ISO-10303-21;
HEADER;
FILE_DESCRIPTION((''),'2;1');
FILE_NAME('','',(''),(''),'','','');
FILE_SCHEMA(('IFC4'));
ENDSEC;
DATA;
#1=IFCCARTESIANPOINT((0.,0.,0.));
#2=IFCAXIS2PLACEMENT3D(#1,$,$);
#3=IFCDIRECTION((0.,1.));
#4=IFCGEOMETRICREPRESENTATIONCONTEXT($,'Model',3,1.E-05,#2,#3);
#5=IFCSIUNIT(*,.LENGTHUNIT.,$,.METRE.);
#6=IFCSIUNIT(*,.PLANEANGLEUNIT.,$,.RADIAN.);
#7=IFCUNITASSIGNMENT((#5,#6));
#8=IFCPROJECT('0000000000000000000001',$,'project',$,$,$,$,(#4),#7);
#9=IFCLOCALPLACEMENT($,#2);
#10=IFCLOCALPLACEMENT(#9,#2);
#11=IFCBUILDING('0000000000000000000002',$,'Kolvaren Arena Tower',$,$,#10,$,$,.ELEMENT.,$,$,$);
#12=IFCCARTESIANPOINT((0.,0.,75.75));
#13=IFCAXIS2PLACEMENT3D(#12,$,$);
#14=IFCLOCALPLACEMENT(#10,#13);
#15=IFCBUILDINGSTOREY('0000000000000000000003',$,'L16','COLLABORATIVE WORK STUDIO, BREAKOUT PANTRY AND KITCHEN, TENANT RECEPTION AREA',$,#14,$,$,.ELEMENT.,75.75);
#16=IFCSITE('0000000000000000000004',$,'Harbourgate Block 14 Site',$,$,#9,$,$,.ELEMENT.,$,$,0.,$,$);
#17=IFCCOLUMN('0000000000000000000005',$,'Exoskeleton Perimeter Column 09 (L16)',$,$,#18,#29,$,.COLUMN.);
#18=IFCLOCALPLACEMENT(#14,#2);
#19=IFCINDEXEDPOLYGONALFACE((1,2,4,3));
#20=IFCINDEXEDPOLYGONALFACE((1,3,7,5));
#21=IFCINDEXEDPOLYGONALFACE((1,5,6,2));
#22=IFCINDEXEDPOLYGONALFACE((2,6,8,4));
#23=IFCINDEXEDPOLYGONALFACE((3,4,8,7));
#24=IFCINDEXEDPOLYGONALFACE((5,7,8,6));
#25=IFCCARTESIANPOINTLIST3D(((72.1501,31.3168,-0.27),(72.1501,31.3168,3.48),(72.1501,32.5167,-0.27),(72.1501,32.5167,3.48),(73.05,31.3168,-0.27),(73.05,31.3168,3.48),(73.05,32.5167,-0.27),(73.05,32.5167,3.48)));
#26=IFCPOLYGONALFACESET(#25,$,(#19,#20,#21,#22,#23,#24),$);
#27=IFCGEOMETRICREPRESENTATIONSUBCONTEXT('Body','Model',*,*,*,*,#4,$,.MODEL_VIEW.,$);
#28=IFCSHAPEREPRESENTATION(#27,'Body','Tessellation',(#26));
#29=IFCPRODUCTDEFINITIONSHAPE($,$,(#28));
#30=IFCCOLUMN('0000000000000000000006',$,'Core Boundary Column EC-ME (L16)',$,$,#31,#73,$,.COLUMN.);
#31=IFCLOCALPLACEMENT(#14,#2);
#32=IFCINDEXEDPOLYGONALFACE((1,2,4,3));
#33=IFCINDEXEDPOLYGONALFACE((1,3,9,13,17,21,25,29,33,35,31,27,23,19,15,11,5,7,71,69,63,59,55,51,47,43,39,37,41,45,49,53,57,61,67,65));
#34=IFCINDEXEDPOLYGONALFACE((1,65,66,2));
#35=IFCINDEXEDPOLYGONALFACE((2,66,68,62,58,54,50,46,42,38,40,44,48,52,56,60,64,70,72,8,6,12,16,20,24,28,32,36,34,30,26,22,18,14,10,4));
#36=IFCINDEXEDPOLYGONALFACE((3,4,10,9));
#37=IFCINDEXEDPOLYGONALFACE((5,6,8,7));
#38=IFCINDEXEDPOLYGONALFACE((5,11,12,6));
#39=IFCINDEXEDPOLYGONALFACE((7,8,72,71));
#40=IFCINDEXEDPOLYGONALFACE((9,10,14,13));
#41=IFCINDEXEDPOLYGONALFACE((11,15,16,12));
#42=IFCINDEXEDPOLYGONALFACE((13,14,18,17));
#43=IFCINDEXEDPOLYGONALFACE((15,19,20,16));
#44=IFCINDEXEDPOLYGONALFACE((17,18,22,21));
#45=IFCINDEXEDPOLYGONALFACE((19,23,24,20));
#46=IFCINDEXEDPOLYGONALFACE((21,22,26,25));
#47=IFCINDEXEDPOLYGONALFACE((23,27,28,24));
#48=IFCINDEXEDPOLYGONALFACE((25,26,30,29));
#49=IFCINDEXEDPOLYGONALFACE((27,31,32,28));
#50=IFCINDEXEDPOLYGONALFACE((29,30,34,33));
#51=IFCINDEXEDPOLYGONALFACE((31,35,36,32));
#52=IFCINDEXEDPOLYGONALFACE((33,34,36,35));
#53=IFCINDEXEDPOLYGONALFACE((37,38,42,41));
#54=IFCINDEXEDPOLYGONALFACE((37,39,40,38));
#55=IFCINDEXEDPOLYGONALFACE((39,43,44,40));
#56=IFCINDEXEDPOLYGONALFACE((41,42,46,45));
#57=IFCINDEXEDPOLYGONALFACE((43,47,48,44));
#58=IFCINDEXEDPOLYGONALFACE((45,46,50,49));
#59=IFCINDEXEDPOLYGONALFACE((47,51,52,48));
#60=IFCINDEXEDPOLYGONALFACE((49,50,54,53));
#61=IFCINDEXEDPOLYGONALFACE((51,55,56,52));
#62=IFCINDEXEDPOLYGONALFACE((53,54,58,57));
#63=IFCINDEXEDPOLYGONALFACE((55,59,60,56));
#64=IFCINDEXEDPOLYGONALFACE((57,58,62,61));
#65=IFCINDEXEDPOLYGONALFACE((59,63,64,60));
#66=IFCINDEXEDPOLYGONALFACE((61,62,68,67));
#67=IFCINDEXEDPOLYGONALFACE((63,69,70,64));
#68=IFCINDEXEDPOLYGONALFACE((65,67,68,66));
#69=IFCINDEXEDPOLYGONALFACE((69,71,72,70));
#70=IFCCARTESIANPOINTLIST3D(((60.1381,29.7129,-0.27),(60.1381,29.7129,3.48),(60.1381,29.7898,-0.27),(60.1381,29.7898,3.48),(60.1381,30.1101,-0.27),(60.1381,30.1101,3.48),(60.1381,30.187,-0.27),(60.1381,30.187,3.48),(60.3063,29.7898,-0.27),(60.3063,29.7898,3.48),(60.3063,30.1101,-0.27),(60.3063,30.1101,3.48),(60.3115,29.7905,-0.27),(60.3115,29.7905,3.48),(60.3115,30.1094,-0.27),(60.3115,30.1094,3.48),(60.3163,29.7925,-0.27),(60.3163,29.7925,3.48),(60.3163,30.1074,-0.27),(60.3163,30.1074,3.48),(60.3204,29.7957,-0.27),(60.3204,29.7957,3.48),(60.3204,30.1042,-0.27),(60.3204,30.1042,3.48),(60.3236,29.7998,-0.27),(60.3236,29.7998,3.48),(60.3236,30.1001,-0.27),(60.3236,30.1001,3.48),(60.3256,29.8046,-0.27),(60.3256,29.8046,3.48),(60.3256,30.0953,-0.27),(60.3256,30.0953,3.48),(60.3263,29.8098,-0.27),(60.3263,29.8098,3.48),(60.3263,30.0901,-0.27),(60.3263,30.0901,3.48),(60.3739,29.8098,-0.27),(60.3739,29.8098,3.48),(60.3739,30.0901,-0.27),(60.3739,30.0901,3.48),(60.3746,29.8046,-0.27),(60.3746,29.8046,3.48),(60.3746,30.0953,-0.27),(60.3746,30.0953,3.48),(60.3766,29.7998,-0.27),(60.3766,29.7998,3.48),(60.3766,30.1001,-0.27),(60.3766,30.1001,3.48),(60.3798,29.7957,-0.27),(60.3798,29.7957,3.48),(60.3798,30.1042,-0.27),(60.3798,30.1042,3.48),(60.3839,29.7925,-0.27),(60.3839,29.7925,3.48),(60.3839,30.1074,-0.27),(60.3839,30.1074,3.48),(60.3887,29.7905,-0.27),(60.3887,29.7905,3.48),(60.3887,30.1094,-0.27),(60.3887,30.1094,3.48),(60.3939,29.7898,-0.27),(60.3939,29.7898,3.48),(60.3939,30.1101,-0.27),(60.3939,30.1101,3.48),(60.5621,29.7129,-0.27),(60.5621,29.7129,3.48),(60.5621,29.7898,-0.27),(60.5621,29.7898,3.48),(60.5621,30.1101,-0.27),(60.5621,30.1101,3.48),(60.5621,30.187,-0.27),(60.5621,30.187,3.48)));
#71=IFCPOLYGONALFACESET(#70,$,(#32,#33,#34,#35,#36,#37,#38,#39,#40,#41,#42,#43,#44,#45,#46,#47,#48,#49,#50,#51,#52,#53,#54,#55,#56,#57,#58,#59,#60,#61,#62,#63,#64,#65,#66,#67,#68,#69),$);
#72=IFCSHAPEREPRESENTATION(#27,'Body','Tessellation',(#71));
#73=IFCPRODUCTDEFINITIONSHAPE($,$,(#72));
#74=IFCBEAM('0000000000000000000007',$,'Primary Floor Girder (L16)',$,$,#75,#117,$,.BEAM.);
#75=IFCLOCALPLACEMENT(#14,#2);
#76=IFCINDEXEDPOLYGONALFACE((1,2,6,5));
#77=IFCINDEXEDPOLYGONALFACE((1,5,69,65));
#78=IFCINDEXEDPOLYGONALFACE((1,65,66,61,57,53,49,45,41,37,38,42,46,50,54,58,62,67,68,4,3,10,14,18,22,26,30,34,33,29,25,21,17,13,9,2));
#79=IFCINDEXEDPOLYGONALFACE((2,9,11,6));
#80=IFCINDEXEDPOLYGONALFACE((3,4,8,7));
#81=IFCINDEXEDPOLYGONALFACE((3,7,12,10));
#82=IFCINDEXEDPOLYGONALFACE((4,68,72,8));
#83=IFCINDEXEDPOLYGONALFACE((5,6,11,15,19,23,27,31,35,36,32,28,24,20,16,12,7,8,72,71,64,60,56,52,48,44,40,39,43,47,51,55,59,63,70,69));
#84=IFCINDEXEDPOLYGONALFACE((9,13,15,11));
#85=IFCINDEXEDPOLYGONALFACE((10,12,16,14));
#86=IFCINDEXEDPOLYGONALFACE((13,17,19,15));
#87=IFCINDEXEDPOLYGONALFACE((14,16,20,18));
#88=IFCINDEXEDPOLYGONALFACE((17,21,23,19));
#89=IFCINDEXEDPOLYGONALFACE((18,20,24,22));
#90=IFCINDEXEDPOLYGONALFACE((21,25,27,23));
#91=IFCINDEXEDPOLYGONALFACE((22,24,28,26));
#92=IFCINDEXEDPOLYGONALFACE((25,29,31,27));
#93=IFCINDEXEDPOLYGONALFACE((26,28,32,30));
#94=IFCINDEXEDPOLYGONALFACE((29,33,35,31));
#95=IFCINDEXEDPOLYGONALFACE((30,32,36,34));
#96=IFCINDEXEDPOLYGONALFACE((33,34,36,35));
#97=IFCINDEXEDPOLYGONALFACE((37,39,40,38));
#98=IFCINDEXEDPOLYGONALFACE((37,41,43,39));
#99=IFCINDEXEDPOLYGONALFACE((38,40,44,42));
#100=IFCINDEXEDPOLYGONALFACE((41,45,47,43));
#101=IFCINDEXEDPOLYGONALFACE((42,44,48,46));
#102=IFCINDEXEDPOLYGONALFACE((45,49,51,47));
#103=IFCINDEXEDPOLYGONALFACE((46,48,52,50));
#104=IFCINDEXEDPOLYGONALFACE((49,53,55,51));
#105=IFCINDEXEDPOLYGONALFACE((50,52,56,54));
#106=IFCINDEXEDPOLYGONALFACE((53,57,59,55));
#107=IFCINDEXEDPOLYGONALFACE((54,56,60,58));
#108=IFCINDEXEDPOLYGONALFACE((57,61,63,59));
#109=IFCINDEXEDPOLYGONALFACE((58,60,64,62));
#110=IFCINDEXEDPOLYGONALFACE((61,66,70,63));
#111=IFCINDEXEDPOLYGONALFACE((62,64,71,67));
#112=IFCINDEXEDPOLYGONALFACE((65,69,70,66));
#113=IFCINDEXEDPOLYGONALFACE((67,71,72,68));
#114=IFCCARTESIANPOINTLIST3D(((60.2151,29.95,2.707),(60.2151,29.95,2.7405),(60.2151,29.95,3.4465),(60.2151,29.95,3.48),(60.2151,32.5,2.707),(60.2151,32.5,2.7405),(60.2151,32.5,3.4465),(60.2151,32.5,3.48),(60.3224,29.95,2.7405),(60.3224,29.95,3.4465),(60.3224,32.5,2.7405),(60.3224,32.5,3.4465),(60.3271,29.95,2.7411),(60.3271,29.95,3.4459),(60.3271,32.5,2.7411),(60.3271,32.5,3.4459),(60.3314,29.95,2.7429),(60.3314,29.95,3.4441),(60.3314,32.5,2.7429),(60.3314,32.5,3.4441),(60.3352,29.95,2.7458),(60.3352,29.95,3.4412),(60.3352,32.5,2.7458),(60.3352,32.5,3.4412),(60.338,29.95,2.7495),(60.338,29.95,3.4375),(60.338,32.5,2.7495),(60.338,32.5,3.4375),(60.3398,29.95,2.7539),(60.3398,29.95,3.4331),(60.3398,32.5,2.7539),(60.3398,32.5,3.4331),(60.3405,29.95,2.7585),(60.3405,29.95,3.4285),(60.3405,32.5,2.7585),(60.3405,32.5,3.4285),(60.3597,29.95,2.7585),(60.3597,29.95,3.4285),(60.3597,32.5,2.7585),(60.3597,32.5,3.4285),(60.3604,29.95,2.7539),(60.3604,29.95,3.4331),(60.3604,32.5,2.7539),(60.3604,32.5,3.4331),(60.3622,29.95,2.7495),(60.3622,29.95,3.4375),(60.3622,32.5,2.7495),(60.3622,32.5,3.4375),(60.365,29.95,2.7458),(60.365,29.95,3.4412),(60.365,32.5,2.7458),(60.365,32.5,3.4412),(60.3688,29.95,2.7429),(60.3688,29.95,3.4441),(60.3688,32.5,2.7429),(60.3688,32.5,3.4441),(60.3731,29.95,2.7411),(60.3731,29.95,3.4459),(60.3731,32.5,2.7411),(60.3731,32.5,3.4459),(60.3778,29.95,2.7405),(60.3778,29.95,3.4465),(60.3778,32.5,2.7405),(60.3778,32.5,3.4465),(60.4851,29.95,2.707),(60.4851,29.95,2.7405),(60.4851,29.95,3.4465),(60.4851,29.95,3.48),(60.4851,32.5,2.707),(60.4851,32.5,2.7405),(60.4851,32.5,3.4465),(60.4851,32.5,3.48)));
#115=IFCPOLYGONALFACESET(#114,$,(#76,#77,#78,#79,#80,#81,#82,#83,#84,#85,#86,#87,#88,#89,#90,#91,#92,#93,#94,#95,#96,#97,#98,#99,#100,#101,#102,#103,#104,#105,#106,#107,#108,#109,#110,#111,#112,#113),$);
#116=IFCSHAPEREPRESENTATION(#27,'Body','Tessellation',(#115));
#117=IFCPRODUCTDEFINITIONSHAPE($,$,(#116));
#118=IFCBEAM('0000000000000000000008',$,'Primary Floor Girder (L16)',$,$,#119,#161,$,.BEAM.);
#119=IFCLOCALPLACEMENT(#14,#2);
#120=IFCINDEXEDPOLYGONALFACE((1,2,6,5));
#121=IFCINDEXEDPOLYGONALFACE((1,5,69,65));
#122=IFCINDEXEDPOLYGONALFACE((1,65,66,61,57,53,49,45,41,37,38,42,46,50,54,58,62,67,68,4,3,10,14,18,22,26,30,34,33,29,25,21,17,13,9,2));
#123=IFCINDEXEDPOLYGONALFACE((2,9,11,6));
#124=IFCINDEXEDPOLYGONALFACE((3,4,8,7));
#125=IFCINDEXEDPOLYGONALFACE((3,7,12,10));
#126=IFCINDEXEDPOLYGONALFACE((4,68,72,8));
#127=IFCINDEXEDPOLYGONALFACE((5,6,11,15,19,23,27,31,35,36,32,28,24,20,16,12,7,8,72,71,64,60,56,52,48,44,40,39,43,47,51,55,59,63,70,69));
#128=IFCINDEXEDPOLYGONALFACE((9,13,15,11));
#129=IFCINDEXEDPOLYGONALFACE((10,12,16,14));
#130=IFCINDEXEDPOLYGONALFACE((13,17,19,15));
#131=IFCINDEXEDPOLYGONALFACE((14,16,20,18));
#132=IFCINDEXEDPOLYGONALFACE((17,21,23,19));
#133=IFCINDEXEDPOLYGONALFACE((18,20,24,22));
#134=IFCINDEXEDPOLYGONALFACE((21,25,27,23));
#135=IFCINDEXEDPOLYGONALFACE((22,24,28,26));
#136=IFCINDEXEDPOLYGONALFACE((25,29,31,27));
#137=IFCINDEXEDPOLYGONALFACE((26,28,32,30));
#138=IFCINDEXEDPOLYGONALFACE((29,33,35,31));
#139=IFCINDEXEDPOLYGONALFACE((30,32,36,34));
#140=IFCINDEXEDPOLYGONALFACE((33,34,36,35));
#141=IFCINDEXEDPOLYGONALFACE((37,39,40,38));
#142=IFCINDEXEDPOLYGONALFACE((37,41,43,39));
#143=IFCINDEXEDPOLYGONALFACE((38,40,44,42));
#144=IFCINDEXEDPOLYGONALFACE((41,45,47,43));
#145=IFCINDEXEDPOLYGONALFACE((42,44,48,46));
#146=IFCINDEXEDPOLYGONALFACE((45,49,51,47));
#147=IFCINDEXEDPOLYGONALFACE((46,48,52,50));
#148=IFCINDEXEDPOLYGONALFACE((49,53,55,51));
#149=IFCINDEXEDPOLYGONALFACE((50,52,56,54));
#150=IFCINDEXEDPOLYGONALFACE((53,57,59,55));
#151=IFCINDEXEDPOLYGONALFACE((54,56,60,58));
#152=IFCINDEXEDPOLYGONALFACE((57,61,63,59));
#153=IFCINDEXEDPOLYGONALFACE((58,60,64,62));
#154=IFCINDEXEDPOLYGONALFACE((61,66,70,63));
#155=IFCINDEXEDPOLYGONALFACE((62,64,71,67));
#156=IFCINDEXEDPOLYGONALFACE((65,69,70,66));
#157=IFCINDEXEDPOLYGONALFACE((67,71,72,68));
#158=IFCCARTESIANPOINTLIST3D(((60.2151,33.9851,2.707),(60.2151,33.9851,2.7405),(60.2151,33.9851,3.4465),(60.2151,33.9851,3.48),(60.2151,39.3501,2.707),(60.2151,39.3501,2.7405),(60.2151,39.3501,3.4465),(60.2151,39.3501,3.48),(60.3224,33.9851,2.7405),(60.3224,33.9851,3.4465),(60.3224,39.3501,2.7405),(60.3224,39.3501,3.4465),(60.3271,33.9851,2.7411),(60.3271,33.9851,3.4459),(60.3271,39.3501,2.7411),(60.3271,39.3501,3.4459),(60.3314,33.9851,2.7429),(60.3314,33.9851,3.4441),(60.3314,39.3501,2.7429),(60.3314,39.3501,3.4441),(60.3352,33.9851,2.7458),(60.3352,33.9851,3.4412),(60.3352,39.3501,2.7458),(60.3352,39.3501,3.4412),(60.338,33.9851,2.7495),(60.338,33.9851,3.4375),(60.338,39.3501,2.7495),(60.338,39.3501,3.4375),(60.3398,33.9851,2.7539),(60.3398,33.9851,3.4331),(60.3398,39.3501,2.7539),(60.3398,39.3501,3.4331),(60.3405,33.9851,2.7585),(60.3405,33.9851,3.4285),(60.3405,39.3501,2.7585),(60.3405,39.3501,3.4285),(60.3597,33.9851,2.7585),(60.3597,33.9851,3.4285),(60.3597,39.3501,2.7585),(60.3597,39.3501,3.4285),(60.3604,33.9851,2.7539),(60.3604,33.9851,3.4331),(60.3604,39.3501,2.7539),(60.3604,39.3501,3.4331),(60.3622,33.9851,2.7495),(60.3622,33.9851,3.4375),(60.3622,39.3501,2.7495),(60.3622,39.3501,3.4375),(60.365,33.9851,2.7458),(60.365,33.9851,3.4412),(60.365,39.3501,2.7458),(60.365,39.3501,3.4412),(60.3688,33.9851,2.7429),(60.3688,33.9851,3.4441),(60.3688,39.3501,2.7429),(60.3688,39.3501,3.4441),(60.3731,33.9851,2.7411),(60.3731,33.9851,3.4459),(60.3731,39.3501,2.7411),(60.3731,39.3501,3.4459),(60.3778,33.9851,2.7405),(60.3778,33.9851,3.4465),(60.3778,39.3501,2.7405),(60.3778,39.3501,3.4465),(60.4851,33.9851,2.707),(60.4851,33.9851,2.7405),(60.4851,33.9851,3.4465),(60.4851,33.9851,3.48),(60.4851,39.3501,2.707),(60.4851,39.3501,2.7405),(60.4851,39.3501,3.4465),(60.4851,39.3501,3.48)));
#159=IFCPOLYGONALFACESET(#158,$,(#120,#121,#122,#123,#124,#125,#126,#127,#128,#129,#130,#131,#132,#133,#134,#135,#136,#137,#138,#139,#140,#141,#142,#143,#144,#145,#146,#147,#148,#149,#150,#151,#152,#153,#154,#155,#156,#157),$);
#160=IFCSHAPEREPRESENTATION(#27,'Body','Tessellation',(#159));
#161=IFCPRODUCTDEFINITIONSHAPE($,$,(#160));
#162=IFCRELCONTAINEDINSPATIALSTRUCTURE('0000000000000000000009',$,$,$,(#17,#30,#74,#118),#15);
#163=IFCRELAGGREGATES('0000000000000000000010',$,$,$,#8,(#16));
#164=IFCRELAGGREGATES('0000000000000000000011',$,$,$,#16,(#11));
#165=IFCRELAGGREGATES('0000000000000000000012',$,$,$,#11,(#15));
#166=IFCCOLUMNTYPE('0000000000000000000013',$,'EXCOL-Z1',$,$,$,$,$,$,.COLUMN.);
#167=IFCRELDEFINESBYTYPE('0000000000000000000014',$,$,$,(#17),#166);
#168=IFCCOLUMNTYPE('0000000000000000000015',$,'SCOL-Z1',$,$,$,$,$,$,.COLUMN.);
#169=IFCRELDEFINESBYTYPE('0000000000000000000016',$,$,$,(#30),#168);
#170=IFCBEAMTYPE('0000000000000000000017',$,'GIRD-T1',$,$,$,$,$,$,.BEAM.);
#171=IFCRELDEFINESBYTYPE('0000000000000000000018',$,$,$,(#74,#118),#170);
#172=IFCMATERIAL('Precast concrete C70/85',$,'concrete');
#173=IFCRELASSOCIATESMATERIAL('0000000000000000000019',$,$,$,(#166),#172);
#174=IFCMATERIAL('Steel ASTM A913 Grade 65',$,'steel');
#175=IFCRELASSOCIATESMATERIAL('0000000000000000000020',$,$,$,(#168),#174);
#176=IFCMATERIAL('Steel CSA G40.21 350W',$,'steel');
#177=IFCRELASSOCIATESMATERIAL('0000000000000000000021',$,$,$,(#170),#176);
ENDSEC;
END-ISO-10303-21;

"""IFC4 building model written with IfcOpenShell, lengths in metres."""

from ifc_helpers import new_model, si_unit, direction, frame, origin, origin_2d, place, context, subcontext, project, spatial, rectangle, i_section, extrude, material, material_profile, profile_set, type_object, element, save


model = new_model("IFC4")

# Units and contexts
model_context = context("Model", 3, precision=1e-05, world=origin(), true_north=direction((0.0, 1.0)))
body_context = subcontext(model_context, "Body", "Model", "MODEL_VIEW")
ifc_project = project(units=[si_unit("LENGTHUNIT", "METRE"), si_unit("PLANEANGLEUNIT", "RADIAN")], contexts=[model_context])

# Site, building, storey
site_placement = place(None, origin())
site = spatial("IfcSite", under=ifc_project, at=site_placement, Name="Harbourgate Block 14 Site", CompositionType="ELEMENT", RefElevation=0.0)
building_placement = place(site_placement, origin())
building = spatial("IfcBuilding", under=site, at=building_placement, Name="Kolvaren Arena Tower", CompositionType="ELEMENT")
storey_placement = place(building_placement, frame((0.0, 0.0, 75.75)))
storey = spatial("IfcBuildingStorey", under=building, at=storey_placement, Name="L16", Description="COLLABORATIVE WORK STUDIO, BREAKOUT PANTRY AND KITCHEN, TENANT RECEPTION AREA", CompositionType="ELEMENT", Elevation=75.75)

# Columns
ifc_material_1 = material(Name="Precast concrete C70/85", Category="concrete")
ifc_material_profile_1 = material_profile(ifc_material_1, rectangle(XDim=1.2, YDim=0.8999, at=origin_2d()), Name="RC-1200x900")
ifc_profile_set_1 = profile_set([ifc_material_profile_1], Name="Precast concrete C70/85")
column_type_1 = type_object("IfcColumnType", Name="EXCOL-Z1", PredefinedType="COLUMN", material=ifc_profile_set_1)
column_1_placement = place(storey_placement, frame((72.6001, 31.9167, -0.27), z_axis=(0.0, 0.0, 1.0), x_axis=(0.0, 1.0, 0.0)))
element("IfcColumn", 1, at=column_1_placement, inside=storey, type_object=column_type_1, Name="Exoskeleton Perimeter Column 09 (L16)", PredefinedType="COLUMN", context=body_context, shape_type="SweptSolid", body=[
    extrude(rectangle(XDim=1.2, YDim=0.8999, at=origin_2d()), origin(), (0.0, 0.0, 1.0), 3.75),
])
ifc_material_2 = material(Name="Steel ASTM A913 Grade 65", Category="steel")
ifc_material_profile_2 = material_profile(ifc_material_2, i_section(OverallWidth=0.4241, OverallDepth=0.4741, WebThickness=0.0476, FlangeThickness=0.0769, FilletRadius=0.02, at=origin_2d()), Name="W360x634")
ifc_profile_set_2 = profile_set([ifc_material_profile_2], Name="Steel ASTM A913 Grade 65")
column_type_2 = type_object("IfcColumnType", Name="SCOL-Z1", PredefinedType="COLUMN", material=ifc_profile_set_2)
column_2_placement = place(storey_placement, frame((60.3501, 29.95, -0.27), z_axis=(0.0, 0.0, 1.0), x_axis=(1.0, 0.0, 0.0)))
element("IfcColumn", 2, at=column_2_placement, inside=storey, type_object=column_type_2, Name="Core Boundary Column EC-ME (L16)", PredefinedType="COLUMN", context=body_context, shape_type="SweptSolid", body=[
    extrude(i_section(OverallWidth=0.4241, OverallDepth=0.4741, WebThickness=0.0476, FlangeThickness=0.0769, FilletRadius=0.02, at=origin_2d()), origin(), (0.0, 0.0, 1.0), 3.75),
])

# Beams
ifc_material_3 = material(Name="Steel CSA G40.21 350W", Category="steel")
ifc_material_profile_3 = material_profile(ifc_material_3, i_section(OverallWidth=0.27, OverallDepth=0.7729, WebThickness=0.0193, FlangeThickness=0.0334, FilletRadius=0.0181, at=origin_2d()), Name="W760x257")
ifc_profile_set_3 = profile_set([ifc_material_profile_3], Name="Steel CSA G40.21 350W")
beam_type_1 = type_object("IfcBeamType", Name="GIRD-T1", PredefinedType="BEAM", material=ifc_profile_set_3)
beam_1_placement = place(storey_placement, frame((60.3501, 29.95, 3.0935), z_axis=(0.0, 1.0, 0.0), x_axis=(-1.0, 0.0, 0.0)))
element("IfcBeam", 3, at=beam_1_placement, inside=storey, type_object=beam_type_1, Name="Primary Floor Girder (L16)", PredefinedType="BEAM", context=body_context, shape_type="SweptSolid", body=[
    extrude(i_section(OverallWidth=0.27, OverallDepth=0.7729, WebThickness=0.0193, FlangeThickness=0.0334, FilletRadius=0.0181, at=origin_2d()), origin(), (0.0, 0.0, 1.0), 2.55),
])
beam_2_placement = place(storey_placement, frame((60.3501, 33.9851, 3.0935), z_axis=(0.0, 1.0, 0.0), x_axis=(-1.0, 0.0, 0.0)))
element("IfcBeam", 4, at=beam_2_placement, inside=storey, type_object=beam_type_1, Name="Primary Floor Girder (L16)", PredefinedType="BEAM", context=body_context, shape_type="SweptSolid", body=[
    extrude(i_section(OverallWidth=0.27, OverallDepth=0.7729, WebThickness=0.0193, FlangeThickness=0.0334, FilletRadius=0.0181, at=origin_2d()), origin(), (0.0, 0.0, 1.0), 5.365),
])

save(model, "model.ifc")
